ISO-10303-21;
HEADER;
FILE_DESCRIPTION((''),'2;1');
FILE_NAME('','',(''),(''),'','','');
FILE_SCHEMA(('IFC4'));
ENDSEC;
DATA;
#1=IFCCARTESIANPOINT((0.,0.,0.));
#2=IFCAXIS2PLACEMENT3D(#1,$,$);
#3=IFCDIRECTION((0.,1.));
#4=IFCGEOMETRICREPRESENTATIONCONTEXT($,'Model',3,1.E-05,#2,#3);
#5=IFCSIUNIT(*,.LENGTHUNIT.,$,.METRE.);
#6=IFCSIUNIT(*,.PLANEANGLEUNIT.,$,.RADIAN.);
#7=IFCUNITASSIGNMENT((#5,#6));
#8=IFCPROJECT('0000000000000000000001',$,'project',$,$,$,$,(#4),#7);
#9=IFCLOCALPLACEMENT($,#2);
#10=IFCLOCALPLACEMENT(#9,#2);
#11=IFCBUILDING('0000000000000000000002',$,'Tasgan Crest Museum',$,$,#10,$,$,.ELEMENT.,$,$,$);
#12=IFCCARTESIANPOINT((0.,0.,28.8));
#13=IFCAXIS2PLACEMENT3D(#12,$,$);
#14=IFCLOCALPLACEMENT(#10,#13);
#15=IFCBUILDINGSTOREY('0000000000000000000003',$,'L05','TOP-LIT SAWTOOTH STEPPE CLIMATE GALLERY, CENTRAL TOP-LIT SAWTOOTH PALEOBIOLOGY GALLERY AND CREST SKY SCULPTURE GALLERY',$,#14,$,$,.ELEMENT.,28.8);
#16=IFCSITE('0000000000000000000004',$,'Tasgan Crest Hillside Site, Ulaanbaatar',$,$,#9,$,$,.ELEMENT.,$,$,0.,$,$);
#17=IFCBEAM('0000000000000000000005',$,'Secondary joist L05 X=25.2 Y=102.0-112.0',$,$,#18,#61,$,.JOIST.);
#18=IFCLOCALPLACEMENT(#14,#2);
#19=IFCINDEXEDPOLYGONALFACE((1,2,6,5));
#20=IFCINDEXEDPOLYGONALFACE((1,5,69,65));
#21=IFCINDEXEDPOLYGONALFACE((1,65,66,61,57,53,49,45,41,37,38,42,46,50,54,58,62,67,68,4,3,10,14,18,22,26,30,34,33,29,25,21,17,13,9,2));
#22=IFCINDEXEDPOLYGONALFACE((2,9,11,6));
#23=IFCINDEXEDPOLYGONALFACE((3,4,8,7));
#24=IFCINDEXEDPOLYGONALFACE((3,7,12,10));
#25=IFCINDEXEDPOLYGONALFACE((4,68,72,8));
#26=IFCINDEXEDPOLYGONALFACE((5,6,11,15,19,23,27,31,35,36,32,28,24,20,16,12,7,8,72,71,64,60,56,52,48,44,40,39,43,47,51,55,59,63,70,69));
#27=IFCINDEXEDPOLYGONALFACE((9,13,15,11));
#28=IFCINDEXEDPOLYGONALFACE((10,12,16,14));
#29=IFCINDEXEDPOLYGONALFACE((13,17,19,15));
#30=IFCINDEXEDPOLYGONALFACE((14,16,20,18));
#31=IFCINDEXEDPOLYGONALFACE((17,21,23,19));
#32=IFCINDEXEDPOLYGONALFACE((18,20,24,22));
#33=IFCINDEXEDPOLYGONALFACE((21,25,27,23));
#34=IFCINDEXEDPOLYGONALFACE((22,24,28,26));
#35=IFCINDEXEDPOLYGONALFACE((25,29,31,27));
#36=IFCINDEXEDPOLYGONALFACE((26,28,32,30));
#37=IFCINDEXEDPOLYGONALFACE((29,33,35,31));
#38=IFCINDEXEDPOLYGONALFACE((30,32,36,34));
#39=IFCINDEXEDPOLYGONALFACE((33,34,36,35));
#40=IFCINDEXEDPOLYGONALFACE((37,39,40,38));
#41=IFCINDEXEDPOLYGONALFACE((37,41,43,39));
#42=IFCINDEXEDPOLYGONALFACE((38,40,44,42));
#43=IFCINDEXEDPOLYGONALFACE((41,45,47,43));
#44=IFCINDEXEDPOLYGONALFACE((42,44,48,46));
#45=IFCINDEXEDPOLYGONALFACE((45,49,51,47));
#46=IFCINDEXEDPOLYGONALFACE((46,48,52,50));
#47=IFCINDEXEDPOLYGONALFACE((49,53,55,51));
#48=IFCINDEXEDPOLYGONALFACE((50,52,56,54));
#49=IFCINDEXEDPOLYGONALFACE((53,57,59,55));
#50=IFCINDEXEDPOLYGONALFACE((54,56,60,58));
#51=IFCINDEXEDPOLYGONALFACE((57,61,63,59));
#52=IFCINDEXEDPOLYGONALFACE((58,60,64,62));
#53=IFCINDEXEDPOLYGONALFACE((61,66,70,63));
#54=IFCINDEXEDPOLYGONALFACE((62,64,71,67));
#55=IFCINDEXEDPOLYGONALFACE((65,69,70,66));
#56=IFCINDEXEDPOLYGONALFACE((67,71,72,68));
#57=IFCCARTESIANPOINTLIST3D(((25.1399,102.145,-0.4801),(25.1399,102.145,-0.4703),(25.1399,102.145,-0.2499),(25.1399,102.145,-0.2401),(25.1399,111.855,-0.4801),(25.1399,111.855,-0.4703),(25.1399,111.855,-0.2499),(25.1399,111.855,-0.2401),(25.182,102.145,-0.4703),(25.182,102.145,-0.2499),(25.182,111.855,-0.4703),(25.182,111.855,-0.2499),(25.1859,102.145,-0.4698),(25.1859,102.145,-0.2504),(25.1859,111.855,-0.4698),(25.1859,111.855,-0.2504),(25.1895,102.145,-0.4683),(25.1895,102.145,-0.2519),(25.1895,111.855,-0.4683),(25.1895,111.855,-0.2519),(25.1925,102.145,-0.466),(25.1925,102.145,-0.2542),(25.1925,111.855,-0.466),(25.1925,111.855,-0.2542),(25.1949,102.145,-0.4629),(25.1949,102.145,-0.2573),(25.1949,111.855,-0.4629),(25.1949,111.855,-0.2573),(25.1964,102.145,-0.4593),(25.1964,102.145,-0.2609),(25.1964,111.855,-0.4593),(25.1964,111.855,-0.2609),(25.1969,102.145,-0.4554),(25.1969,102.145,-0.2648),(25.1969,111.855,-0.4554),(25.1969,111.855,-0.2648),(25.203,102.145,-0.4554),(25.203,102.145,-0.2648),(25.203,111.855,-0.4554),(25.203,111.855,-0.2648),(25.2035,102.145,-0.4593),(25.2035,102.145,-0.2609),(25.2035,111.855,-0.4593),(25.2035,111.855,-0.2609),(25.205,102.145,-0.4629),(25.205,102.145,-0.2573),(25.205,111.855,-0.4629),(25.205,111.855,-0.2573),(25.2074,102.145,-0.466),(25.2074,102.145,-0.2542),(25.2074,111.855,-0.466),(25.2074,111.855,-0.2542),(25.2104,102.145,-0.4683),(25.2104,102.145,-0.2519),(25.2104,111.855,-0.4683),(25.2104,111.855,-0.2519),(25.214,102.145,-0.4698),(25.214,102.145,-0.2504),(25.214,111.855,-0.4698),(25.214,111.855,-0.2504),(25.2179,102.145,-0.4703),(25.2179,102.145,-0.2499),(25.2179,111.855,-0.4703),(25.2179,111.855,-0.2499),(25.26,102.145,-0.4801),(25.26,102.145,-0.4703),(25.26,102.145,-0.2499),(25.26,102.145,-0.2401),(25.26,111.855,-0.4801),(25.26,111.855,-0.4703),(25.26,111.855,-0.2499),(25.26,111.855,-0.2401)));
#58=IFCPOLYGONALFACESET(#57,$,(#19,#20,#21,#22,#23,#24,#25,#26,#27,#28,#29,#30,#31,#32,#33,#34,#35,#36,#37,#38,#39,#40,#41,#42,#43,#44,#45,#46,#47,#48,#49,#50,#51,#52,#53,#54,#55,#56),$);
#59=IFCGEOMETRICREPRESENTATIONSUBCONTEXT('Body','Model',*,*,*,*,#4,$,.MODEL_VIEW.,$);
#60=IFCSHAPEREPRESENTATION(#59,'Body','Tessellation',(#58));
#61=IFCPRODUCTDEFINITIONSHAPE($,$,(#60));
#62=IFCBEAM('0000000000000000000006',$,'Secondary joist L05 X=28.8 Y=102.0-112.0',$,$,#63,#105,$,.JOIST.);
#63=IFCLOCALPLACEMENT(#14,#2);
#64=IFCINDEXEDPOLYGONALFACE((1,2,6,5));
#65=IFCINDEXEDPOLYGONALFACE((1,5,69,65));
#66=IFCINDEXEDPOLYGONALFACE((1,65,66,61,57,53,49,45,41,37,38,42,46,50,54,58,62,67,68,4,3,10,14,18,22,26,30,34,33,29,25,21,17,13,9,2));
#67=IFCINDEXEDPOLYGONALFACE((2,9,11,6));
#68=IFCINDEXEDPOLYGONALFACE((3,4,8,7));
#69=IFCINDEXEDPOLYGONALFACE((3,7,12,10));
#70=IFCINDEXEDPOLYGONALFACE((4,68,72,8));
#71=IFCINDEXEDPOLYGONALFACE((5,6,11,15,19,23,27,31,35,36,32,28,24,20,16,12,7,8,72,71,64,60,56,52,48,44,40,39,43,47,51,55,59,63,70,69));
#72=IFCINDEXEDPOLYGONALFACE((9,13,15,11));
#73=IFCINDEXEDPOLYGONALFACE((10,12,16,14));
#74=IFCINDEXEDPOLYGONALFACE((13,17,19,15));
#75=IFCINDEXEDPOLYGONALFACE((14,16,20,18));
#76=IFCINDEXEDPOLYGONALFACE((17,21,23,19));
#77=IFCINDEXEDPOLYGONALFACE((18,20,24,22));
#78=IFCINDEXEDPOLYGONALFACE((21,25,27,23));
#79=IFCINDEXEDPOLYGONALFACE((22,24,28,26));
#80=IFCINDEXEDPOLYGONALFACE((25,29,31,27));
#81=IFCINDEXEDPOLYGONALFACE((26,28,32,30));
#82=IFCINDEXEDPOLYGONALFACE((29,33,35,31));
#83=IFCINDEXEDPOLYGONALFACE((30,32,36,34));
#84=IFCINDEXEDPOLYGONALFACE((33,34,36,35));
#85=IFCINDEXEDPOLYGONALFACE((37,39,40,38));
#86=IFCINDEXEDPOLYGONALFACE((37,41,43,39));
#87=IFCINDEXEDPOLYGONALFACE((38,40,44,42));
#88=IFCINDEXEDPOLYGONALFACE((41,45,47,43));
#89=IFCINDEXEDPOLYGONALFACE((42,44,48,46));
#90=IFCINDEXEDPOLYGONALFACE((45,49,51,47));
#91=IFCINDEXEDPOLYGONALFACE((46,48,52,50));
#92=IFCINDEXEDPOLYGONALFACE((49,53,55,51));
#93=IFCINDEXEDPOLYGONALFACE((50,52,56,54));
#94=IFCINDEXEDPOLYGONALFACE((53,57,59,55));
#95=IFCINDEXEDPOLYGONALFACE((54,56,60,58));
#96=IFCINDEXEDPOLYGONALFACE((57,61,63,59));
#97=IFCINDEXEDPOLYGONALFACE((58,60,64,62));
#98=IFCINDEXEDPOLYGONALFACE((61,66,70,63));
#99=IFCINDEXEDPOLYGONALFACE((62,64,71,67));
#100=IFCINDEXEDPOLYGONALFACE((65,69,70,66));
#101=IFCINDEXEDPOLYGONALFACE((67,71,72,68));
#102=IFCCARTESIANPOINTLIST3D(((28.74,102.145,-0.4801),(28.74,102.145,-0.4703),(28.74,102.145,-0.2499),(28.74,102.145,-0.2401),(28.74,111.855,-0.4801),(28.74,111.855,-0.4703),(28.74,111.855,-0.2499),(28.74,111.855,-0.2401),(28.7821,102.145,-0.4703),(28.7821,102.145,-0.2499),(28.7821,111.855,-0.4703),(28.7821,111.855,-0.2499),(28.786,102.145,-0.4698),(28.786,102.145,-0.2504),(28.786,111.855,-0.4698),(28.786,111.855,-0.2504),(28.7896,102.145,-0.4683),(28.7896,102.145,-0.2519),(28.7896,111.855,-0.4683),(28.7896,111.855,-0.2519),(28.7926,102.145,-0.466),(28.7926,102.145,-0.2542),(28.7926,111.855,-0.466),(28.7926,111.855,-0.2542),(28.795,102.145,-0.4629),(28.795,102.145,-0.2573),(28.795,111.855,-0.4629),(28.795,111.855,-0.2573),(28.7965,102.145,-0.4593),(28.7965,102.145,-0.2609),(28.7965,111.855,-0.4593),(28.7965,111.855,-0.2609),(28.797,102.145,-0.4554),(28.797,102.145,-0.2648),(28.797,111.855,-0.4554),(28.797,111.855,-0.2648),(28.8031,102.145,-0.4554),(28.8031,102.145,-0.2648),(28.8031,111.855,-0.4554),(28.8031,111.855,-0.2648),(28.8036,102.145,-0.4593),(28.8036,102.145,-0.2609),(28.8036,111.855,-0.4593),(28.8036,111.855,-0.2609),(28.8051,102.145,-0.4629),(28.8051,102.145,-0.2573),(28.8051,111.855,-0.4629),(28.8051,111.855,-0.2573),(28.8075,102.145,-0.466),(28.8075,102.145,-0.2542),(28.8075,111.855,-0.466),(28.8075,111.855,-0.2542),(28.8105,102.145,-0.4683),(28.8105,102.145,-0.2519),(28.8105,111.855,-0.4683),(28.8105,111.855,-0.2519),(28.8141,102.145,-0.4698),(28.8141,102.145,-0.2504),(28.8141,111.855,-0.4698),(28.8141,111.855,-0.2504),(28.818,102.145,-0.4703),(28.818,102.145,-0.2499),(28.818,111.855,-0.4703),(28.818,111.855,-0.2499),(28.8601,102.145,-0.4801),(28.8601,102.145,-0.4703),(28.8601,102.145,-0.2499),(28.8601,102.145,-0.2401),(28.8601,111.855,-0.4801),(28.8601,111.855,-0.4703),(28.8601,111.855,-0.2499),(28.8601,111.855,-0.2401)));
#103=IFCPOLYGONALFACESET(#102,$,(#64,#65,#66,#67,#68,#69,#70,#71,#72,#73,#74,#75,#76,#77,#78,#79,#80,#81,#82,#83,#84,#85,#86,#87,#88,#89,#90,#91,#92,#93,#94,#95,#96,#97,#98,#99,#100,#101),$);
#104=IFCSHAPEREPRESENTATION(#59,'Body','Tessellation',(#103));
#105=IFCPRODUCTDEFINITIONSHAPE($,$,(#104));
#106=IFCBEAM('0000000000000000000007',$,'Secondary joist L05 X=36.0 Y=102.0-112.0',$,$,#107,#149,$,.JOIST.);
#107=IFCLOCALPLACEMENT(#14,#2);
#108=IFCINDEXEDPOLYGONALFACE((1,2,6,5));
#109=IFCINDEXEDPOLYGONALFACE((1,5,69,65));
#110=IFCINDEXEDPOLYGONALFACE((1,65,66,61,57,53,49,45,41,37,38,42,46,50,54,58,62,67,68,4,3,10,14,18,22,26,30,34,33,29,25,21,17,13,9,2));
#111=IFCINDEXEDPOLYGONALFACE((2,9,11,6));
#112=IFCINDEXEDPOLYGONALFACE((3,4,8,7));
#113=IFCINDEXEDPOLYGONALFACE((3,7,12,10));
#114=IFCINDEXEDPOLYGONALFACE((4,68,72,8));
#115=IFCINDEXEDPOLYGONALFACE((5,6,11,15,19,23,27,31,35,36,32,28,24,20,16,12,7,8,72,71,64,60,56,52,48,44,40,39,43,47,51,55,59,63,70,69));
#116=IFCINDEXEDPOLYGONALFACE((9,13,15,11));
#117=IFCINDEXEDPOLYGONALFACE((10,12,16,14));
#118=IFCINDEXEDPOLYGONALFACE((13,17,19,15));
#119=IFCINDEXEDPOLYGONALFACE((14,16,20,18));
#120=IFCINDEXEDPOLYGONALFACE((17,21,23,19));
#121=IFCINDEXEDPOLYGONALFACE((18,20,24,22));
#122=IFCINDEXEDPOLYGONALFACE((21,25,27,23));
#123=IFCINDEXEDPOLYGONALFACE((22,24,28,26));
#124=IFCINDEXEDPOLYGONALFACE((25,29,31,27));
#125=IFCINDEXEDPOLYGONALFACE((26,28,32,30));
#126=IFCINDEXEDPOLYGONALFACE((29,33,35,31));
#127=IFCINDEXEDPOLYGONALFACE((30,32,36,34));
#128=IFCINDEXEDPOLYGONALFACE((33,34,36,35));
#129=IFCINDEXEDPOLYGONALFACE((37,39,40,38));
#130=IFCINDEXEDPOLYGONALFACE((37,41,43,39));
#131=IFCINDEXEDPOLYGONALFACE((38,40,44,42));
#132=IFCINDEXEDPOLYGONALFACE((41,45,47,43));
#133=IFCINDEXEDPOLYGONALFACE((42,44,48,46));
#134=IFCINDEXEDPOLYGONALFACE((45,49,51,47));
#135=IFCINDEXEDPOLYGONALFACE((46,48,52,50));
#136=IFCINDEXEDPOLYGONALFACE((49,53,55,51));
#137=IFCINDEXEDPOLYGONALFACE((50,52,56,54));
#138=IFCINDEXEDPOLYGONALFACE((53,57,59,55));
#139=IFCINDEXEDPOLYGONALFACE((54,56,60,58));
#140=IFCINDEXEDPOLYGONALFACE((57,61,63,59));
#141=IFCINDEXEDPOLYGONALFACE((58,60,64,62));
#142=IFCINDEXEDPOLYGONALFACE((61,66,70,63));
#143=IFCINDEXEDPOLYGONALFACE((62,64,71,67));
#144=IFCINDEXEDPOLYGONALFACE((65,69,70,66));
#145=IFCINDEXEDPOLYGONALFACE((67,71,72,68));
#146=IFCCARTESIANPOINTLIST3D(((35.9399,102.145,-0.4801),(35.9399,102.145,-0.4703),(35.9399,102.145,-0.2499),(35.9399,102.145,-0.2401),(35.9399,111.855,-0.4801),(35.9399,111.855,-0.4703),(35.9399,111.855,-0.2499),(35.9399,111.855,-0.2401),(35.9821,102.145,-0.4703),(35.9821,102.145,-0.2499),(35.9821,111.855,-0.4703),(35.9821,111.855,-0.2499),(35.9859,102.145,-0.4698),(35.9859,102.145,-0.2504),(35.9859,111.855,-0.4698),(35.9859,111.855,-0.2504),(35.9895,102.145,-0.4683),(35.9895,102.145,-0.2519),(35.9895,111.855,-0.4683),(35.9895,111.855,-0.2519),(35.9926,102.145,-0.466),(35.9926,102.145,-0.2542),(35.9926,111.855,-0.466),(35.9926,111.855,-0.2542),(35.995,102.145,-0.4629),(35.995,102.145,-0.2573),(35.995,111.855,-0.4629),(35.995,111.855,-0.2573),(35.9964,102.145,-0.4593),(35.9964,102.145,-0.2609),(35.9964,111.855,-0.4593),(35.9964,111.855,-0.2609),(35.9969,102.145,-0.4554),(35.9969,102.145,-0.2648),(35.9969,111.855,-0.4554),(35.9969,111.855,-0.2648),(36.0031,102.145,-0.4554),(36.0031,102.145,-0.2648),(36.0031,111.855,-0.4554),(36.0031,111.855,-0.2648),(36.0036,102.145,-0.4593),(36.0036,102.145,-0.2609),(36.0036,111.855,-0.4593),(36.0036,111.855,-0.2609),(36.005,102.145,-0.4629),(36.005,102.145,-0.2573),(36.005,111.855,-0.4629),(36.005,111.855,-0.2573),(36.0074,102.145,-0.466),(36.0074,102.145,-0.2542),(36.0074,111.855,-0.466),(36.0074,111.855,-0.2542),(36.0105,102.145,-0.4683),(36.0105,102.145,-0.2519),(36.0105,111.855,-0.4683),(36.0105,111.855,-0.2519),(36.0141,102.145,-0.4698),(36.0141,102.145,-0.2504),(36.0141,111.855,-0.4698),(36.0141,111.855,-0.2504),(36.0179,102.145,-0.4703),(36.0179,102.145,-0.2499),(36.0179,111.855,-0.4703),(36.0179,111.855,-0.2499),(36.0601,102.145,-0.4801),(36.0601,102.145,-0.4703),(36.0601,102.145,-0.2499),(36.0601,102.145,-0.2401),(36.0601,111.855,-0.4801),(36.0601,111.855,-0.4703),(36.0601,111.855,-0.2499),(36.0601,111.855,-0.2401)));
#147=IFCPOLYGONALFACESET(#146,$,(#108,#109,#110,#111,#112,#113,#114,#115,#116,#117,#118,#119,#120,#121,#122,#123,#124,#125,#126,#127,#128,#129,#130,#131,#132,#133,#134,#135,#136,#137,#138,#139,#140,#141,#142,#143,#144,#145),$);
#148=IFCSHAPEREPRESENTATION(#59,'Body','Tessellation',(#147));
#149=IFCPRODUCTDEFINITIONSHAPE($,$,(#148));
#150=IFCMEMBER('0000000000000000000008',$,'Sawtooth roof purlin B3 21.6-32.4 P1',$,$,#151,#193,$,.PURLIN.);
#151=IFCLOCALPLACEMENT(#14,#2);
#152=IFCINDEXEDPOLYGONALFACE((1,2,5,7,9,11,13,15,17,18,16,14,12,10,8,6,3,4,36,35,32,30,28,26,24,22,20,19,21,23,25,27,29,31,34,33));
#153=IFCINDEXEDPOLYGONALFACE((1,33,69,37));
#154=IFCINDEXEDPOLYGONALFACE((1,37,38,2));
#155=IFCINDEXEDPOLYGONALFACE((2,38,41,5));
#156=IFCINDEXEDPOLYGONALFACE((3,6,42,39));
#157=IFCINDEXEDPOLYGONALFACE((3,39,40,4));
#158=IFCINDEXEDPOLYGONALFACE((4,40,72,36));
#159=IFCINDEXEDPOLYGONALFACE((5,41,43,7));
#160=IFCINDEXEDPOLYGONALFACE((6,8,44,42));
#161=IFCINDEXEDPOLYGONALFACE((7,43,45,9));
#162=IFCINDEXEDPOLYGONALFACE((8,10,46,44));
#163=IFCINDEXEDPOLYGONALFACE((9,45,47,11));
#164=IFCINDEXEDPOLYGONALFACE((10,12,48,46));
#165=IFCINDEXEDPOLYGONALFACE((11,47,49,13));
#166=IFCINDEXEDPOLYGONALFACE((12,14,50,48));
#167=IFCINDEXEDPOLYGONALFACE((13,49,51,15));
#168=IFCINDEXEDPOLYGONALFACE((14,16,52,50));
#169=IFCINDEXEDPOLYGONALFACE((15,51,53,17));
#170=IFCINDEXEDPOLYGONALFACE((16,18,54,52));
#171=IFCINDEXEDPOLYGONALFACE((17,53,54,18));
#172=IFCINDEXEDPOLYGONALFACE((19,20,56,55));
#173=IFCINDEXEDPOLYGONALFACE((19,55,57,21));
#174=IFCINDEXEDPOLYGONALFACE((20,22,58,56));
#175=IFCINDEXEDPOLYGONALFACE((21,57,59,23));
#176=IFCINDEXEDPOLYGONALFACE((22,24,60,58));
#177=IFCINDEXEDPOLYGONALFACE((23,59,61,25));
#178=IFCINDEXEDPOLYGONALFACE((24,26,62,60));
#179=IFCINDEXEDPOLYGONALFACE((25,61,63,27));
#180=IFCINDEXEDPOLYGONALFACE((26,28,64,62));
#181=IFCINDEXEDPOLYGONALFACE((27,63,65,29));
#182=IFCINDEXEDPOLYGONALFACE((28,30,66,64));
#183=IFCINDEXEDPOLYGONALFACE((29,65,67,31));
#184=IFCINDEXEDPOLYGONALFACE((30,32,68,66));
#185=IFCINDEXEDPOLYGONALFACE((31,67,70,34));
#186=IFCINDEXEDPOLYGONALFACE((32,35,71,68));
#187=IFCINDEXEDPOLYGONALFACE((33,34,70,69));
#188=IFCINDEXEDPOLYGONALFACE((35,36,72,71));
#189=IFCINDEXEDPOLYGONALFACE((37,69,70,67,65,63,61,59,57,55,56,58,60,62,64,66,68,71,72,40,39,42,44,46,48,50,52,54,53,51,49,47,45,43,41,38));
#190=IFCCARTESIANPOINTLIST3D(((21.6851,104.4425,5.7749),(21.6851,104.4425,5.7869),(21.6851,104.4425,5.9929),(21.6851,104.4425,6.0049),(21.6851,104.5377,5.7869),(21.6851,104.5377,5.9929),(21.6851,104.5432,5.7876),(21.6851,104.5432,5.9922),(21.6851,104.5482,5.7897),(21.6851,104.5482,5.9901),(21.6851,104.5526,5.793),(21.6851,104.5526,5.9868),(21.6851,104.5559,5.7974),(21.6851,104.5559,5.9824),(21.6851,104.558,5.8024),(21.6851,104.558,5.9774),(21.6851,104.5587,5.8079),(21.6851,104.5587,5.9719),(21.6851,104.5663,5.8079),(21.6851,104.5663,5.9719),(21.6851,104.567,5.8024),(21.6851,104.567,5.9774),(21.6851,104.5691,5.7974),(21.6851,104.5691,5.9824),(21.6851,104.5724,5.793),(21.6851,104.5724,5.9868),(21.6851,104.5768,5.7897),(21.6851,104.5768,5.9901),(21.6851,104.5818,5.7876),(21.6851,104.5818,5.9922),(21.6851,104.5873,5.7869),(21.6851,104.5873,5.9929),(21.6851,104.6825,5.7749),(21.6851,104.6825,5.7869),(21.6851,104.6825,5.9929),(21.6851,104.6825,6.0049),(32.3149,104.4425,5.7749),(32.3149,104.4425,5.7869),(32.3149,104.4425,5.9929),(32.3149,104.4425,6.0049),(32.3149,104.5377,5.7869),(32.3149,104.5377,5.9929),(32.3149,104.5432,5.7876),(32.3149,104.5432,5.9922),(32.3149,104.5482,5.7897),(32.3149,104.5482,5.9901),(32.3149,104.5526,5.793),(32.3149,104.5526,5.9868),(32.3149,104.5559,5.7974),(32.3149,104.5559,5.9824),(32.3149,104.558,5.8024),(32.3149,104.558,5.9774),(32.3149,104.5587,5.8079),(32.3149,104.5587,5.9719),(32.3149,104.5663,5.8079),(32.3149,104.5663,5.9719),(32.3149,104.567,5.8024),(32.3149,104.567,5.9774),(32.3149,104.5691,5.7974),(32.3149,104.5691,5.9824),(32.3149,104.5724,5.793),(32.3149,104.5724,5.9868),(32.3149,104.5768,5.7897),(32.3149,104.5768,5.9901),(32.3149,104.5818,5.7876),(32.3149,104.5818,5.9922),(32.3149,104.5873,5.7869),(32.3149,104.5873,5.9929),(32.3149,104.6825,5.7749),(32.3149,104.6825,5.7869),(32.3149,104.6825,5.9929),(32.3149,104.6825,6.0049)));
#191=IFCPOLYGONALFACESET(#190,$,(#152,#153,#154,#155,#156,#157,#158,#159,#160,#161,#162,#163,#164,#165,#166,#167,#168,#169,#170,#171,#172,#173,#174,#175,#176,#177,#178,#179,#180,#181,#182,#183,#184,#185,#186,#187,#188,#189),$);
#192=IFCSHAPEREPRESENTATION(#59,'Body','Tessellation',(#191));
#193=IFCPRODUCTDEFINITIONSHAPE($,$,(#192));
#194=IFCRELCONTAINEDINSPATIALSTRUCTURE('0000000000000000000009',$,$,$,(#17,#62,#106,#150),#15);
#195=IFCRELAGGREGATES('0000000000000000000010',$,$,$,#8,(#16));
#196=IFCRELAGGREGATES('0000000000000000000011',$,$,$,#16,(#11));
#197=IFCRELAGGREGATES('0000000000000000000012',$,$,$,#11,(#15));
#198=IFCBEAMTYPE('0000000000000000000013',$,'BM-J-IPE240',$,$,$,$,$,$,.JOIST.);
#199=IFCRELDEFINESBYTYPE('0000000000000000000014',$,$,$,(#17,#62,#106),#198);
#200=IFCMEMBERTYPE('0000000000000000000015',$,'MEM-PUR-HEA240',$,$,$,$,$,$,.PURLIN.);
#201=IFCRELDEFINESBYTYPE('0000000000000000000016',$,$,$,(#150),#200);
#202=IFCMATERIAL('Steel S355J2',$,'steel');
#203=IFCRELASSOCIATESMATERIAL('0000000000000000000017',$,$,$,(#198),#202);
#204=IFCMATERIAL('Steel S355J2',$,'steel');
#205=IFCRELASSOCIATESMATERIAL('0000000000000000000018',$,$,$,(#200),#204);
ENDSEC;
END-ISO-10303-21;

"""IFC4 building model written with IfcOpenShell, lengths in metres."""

from ifc_helpers import new_model, si_unit, direction, frame, origin, origin_2d, place, context, subcontext, project, spatial, i_section, extrude, material, material_profile, profile_set, type_object, element, save


model = new_model("IFC4")

# Units and contexts
model_context = context("Model", 3, precision=1e-05, world=origin(), true_north=direction((0.0, 1.0)))
body_context = subcontext(model_context, "Body", "Model", "MODEL_VIEW")
ifc_project = project(units=[si_unit("LENGTHUNIT", "METRE"), si_unit("PLANEANGLEUNIT", "RADIAN")], contexts=[model_context])

# Site, building, storey
site_placement = place(None, origin())
site = spatial("IfcSite", under=ifc_project, at=site_placement, Name="Tasgan Crest Hillside Site, Ulaanbaatar", CompositionType="ELEMENT", RefElevation=0.0)
building_placement = place(site_placement, origin())
building = spatial("IfcBuilding", under=site, at=building_placement, Name="Tasgan Crest Museum", CompositionType="ELEMENT")
storey_placement = place(building_placement, frame((0.0, 0.0, 28.8)))
storey = spatial("IfcBuildingStorey", under=building, at=storey_placement, Name="L05", Description="TOP-LIT SAWTOOTH STEPPE CLIMATE GALLERY, CENTRAL TOP-LIT SAWTOOTH PALEOBIOLOGY GALLERY AND CREST SKY SCULPTURE GALLERY", CompositionType="ELEMENT", Elevation=28.8)

# Beams
ifc_material_1 = material(Name="Steel S355J2", Category="steel")
ifc_material_profile_1 = material_profile(ifc_material_1, i_section(OverallWidth=0.1201, OverallDepth=0.24, WebThickness=0.0061, FlangeThickness=0.0098, FilletRadius=0.0149, at=origin_2d()), Name="IPE 240")
ifc_profile_set_1 = profile_set([ifc_material_profile_1], Name="Steel S355J2")
beam_type_1 = type_object("IfcBeamType", Name="BM-J-IPE240", PredefinedType="JOIST", material=ifc_profile_set_1)
for number, where, z_axis, x_axis, name in (
    (1, (25.2, 102.145, -0.3601), (0.0, 1.0, 0.0), (-1.0, 0.0, 0.0), "Secondary joist L05 X=25.2 Y=102.0-112.0"),
    (2, (28.8, 102.145, -0.3601), (0.0, 1.0, 0.0), (-1.0, 0.0, 0.0), "Secondary joist L05 X=28.8 Y=102.0-112.0"),
    (3, (36.0, 102.145, -0.3601), (0.0, 1.0, 0.0), (-1.0, 0.0, 0.0), "Secondary joist L05 X=36.0 Y=102.0-112.0"),
):
    element("IfcBeam", number, at=place(storey_placement, frame(where, z_axis=z_axis, x_axis=x_axis)), inside=storey, type_object=beam_type_1, Name=name, PredefinedType="JOIST", context=body_context, shape_type="SweptSolid", body=[
        extrude(i_section(OverallWidth=0.1201, OverallDepth=0.24, WebThickness=0.0061, FlangeThickness=0.0098, FilletRadius=0.0149, at=origin_2d()), origin(), (0.0, 0.0, 1.0), 9.71),
    ])

# Member
ifc_material_2 = material(Name="Steel S355J2", Category="steel")
ifc_material_profile_2 = material_profile(ifc_material_2, i_section(OverallWidth=0.24, OverallDepth=0.23, WebThickness=0.0076, FlangeThickness=0.012, FilletRadius=0.021, at=origin_2d()), Name="HEA 240")
ifc_profile_set_2 = profile_set([ifc_material_profile_2], Name="Steel S355J2")
member_type_1 = type_object("IfcMemberType", Name="MEM-PUR-HEA240", PredefinedType="PURLIN", material=ifc_profile_set_2)
for number, where, z_axis, x_axis, name in (
    (4, (21.6851, 104.5625, 5.8899), (1.0, 0.0, 0.0), (0.0, 1.0, 0.0), "Sawtooth roof purlin B3 21.6-32.4 P1"),
):
    element("IfcMember", number, at=place(storey_placement, frame(where, z_axis=z_axis, x_axis=x_axis)), inside=storey, type_object=member_type_1, Name=name, PredefinedType="PURLIN", context=body_context, shape_type="SweptSolid", body=[
        extrude(i_section(OverallWidth=0.24, OverallDepth=0.23, WebThickness=0.0076, FlangeThickness=0.012, FilletRadius=0.021, at=origin_2d()), origin(), (0.0, 0.0, 1.0), 10.6299),
    ])

save(model, "model.ifc")
